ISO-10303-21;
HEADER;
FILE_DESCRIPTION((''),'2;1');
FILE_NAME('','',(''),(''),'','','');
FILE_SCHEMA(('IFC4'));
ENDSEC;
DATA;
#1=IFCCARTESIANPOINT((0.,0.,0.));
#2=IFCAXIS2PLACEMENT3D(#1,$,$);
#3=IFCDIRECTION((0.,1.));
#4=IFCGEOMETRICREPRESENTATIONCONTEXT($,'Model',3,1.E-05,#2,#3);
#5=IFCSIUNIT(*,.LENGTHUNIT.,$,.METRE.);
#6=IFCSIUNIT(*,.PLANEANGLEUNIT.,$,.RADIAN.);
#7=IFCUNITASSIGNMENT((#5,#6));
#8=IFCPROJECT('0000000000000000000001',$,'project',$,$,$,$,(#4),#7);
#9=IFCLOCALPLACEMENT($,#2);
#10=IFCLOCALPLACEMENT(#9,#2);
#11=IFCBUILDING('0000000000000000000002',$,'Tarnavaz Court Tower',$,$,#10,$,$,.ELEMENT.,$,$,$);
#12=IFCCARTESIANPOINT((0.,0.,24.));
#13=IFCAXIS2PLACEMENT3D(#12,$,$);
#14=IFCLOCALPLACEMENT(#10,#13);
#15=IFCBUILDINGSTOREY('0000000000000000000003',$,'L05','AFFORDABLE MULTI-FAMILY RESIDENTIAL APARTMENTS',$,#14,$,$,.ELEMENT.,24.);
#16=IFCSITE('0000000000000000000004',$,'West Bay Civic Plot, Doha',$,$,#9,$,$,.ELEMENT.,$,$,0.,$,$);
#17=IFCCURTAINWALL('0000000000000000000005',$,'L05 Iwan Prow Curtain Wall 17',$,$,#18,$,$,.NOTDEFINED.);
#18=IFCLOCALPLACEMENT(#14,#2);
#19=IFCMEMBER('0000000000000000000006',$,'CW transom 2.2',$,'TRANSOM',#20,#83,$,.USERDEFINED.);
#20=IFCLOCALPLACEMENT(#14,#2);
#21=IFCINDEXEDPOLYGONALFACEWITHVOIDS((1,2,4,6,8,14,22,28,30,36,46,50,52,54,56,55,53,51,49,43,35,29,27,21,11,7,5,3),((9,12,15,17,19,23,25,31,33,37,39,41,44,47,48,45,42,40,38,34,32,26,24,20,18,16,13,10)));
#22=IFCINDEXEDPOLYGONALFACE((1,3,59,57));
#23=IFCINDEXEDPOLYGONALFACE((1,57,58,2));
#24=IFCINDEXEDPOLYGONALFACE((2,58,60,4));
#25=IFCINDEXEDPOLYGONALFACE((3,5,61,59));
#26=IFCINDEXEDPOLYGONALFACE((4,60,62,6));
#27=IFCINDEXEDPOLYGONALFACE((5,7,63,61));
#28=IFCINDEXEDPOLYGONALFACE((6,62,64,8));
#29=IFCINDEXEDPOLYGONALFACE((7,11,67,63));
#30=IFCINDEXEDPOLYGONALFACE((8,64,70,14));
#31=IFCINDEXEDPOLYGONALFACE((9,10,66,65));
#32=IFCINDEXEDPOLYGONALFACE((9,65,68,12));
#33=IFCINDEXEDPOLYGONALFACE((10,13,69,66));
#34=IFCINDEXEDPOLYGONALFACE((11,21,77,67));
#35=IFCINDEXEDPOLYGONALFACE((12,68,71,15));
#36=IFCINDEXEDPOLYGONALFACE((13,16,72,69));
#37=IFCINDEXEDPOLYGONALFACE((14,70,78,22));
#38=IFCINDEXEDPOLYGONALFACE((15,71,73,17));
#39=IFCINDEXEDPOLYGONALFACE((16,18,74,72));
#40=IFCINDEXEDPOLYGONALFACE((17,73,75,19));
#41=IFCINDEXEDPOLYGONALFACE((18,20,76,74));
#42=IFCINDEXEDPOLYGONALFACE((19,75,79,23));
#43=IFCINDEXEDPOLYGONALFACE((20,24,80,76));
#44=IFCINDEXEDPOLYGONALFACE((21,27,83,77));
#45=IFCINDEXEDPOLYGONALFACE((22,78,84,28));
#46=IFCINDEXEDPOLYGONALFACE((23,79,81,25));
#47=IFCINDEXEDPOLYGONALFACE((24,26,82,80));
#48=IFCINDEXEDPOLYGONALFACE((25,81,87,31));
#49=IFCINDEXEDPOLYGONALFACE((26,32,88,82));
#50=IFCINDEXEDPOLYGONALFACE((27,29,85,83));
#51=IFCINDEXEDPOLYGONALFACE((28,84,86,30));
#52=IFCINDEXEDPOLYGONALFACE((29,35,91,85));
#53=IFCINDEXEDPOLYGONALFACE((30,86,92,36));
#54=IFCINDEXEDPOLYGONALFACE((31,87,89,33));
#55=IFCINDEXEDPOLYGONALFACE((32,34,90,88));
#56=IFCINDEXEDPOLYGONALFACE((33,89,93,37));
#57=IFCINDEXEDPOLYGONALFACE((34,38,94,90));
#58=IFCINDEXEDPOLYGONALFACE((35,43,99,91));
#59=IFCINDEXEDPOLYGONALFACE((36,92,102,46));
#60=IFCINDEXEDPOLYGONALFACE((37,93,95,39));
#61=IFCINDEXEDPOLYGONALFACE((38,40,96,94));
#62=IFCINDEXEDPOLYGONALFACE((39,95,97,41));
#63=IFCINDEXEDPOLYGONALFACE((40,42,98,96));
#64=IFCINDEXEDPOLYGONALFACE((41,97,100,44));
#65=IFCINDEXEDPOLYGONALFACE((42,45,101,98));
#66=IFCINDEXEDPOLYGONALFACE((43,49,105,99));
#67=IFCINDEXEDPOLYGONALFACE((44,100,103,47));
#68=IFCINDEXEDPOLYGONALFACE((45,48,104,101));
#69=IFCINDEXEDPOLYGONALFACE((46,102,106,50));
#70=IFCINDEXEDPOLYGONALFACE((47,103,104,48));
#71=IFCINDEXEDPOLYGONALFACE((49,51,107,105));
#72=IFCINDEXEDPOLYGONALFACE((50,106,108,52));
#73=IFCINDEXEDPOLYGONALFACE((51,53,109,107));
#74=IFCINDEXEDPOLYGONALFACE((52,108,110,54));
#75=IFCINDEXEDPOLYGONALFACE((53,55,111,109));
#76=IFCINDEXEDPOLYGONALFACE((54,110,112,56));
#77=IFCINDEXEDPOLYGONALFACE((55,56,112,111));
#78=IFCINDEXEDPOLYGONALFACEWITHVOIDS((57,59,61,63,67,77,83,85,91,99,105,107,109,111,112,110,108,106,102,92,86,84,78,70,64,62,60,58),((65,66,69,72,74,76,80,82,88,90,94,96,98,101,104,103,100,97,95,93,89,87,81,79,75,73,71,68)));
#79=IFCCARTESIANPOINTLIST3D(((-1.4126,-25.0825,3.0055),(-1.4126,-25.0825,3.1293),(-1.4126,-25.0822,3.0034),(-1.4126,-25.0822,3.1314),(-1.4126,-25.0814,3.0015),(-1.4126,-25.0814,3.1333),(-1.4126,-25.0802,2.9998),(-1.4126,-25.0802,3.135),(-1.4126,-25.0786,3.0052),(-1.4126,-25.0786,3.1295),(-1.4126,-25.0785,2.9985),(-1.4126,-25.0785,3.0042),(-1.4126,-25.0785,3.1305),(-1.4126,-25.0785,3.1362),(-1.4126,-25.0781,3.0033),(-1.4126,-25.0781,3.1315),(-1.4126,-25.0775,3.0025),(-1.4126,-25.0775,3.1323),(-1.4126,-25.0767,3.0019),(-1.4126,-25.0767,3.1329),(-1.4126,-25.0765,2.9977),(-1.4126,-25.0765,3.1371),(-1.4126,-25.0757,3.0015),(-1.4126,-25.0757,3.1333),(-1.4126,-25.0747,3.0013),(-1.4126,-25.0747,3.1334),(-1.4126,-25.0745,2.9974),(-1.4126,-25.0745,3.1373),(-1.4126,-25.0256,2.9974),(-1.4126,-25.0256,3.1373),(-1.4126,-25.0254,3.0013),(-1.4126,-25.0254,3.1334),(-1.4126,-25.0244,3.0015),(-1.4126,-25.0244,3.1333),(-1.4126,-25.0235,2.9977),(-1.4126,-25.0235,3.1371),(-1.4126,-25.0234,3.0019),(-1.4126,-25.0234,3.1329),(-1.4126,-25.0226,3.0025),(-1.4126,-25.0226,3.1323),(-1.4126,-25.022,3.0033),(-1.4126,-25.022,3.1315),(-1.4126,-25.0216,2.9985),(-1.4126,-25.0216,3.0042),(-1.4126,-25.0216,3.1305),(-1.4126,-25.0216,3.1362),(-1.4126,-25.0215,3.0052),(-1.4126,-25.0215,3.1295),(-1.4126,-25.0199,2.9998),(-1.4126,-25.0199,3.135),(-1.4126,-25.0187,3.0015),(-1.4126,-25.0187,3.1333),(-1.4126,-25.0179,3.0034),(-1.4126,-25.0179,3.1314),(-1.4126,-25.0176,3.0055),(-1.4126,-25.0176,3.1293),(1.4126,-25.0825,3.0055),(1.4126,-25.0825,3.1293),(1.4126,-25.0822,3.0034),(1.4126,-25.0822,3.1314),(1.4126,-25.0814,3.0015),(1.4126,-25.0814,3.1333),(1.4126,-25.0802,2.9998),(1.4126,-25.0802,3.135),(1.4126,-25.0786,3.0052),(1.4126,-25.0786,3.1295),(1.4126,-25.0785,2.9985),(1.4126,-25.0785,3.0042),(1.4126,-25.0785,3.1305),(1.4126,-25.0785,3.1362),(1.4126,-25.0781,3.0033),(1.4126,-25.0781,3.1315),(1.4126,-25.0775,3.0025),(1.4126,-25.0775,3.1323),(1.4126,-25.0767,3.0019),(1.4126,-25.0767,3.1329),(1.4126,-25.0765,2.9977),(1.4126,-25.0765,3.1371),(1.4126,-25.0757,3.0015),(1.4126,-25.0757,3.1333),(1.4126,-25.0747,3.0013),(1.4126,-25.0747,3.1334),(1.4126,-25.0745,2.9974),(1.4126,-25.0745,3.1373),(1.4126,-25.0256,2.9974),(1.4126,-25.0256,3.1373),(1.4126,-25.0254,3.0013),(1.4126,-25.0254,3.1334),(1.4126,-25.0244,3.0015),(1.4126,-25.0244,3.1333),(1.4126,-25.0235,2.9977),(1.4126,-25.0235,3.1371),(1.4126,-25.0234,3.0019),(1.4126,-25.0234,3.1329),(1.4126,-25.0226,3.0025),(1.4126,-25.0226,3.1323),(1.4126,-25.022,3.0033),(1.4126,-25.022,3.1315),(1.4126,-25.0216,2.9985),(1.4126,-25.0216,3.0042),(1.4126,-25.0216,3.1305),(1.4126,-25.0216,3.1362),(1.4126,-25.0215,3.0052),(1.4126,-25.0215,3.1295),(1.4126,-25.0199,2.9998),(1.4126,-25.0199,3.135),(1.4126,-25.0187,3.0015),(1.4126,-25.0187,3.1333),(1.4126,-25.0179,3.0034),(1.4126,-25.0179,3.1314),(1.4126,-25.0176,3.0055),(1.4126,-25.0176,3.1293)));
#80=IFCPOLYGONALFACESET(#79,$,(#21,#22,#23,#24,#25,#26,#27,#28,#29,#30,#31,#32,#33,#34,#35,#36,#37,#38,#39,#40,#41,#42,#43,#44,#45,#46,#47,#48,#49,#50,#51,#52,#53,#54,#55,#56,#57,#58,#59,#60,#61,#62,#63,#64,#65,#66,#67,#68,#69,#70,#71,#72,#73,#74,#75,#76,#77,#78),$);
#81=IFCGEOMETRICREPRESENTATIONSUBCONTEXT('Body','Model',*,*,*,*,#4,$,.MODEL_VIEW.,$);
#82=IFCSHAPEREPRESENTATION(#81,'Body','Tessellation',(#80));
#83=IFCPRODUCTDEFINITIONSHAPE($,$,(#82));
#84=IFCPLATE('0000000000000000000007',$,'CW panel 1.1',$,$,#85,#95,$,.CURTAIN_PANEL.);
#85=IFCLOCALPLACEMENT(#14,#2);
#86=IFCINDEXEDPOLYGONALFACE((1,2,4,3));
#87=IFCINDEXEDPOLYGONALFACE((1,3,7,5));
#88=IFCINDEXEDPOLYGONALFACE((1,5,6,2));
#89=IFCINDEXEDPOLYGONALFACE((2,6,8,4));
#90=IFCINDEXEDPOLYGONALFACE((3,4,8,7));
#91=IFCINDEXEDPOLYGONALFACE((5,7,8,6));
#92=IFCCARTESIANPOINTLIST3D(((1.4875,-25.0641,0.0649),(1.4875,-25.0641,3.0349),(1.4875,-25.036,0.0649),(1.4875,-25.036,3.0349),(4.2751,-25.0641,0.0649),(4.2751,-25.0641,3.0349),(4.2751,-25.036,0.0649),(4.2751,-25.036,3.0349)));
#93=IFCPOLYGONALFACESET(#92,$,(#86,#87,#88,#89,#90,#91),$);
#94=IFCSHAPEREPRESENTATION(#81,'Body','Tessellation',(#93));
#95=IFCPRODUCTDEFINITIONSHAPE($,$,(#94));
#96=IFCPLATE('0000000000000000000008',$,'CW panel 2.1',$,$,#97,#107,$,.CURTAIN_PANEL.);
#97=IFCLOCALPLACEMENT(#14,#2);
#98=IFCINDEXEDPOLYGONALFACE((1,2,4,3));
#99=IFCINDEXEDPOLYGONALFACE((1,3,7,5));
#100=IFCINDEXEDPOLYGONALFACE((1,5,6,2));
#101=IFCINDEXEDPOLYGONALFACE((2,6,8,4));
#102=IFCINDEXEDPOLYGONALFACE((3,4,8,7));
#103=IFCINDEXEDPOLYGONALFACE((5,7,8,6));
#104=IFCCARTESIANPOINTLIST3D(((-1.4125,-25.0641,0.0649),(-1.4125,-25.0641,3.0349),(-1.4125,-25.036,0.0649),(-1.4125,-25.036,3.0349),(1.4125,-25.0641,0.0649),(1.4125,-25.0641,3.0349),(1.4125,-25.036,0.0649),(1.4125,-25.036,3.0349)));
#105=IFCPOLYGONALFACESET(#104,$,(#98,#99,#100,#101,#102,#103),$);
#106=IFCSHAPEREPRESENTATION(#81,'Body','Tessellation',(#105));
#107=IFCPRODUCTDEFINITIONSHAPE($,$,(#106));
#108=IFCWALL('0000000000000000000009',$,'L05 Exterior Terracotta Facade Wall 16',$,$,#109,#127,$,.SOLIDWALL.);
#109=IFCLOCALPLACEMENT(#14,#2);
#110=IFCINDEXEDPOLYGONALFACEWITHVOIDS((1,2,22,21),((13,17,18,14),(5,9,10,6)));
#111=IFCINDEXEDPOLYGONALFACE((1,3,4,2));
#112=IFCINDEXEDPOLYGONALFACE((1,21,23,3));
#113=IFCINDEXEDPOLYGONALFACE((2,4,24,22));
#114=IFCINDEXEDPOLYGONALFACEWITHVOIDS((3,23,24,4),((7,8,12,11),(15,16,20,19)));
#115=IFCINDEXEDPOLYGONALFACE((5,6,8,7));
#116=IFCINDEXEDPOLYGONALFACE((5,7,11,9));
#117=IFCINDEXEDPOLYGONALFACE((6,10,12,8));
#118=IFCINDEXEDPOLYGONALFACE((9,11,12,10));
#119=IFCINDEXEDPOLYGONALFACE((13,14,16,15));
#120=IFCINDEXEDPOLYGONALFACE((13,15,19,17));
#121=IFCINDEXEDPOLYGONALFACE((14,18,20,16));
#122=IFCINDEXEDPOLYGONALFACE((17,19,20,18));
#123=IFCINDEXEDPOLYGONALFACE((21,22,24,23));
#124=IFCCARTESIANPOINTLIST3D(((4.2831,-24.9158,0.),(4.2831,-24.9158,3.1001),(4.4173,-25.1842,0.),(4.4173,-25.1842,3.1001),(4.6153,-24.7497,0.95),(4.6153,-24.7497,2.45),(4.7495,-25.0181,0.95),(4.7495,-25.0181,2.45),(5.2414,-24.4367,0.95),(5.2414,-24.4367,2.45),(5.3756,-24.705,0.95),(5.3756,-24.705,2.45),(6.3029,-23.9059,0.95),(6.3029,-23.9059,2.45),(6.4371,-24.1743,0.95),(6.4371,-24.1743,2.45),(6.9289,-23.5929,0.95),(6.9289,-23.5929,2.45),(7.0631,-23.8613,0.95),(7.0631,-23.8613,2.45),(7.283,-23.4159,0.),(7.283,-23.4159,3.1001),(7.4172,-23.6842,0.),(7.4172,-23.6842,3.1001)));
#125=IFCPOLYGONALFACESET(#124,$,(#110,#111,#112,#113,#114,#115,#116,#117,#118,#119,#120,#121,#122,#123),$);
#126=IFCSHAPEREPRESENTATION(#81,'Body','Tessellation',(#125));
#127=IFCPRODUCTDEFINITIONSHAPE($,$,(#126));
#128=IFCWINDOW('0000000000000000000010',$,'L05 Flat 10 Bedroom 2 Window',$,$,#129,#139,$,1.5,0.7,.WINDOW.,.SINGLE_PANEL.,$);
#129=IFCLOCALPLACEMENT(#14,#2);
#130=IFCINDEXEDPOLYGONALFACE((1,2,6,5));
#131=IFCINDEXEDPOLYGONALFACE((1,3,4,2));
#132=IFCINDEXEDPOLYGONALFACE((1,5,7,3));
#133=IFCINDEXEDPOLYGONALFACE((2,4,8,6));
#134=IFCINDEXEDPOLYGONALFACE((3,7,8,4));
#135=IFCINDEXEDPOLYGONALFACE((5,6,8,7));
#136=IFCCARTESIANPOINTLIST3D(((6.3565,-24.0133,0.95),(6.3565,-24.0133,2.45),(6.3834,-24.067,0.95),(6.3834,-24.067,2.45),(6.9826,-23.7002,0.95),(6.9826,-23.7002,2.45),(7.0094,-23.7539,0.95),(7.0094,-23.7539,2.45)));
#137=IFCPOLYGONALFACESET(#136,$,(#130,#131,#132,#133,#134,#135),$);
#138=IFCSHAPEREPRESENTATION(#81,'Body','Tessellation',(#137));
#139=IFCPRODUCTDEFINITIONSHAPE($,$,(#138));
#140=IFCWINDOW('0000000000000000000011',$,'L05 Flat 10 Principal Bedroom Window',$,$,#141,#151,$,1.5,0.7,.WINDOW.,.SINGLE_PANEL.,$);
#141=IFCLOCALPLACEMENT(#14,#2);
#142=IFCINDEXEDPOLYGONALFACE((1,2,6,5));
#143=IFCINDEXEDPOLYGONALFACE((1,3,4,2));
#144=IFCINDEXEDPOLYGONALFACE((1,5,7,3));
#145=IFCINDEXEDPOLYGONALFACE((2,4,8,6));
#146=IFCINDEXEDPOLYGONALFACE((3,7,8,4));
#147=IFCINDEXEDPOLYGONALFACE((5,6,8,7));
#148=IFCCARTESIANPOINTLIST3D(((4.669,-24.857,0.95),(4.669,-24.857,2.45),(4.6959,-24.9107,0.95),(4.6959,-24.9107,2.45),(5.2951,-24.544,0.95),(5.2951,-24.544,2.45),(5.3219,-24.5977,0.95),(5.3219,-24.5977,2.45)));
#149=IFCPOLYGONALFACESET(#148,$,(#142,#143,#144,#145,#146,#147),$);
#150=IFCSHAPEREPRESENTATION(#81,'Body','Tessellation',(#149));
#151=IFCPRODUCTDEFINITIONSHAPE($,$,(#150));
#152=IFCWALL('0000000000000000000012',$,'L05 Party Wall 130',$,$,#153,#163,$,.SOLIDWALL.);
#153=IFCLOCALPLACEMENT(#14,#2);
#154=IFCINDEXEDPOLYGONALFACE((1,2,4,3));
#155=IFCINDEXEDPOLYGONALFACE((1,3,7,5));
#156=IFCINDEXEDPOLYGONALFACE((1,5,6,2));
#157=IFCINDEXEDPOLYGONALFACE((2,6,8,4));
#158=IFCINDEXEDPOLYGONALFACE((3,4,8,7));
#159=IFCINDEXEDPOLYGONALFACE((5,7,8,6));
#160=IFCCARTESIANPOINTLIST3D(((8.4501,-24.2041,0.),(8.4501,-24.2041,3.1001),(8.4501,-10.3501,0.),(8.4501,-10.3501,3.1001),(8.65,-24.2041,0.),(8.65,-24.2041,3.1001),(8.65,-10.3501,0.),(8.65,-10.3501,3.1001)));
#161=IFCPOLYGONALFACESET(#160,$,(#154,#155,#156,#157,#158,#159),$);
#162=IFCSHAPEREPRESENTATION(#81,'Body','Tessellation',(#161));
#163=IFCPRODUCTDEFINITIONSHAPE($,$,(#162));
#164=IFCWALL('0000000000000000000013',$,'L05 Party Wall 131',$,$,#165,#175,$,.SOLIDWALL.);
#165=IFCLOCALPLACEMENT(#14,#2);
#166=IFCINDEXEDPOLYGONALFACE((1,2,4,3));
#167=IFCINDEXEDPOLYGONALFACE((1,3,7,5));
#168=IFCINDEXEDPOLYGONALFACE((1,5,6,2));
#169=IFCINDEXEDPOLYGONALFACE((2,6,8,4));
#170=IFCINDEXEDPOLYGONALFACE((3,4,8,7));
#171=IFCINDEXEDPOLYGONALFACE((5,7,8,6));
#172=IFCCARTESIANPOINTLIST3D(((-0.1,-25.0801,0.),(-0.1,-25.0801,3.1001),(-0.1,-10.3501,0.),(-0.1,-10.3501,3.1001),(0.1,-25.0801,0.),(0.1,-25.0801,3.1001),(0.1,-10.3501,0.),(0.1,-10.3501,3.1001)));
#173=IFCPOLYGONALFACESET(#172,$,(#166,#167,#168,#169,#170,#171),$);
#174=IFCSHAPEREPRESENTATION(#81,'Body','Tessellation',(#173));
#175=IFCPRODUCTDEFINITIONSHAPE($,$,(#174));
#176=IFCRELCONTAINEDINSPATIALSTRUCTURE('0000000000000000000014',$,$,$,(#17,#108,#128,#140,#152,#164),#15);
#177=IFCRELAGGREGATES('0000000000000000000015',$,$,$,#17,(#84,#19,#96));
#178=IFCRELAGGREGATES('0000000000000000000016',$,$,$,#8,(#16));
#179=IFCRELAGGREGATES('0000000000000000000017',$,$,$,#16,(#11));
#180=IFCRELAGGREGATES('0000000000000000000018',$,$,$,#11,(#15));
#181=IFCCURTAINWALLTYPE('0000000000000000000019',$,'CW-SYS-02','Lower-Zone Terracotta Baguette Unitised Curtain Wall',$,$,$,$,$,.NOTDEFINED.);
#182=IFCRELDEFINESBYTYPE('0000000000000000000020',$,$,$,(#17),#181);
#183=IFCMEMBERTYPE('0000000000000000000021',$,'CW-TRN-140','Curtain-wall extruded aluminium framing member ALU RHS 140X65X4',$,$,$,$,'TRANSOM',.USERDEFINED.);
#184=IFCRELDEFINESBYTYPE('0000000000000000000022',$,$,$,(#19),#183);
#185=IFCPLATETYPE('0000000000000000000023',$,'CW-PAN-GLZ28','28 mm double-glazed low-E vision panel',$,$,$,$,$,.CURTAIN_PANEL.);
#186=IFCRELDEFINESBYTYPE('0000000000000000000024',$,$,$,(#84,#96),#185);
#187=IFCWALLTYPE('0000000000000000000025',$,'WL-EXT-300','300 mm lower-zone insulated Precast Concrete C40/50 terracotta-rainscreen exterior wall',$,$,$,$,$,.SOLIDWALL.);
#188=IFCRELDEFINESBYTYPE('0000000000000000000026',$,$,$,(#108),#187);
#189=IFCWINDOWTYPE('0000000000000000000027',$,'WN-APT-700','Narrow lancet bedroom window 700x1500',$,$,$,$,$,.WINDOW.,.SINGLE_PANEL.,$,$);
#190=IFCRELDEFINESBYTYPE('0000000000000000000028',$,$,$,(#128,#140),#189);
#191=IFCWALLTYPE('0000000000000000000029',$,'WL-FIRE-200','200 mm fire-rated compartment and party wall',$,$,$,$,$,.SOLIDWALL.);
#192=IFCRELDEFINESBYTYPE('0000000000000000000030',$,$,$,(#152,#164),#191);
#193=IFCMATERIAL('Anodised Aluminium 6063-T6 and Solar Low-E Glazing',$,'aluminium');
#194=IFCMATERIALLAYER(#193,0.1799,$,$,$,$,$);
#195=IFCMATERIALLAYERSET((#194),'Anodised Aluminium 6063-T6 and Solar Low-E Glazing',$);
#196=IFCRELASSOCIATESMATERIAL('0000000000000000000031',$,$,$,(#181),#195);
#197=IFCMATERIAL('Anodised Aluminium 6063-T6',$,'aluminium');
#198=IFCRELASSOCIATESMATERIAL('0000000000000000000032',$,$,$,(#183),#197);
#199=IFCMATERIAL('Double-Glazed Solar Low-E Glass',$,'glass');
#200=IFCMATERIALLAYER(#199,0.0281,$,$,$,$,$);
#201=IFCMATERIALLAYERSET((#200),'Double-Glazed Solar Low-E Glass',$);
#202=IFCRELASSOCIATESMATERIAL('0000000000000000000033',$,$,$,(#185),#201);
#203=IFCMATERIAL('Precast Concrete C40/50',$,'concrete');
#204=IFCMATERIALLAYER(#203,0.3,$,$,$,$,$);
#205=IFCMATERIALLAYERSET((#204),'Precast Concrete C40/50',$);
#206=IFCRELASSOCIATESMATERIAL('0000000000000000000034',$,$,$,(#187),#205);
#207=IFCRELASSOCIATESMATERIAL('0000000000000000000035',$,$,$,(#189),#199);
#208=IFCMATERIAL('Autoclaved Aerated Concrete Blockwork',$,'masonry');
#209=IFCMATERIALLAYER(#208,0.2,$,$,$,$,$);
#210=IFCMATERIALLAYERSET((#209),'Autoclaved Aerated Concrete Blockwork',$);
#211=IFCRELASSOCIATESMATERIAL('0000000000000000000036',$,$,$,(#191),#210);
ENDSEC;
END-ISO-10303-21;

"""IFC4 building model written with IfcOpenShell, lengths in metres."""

from ifc_helpers import new_model, si_unit, direction, frame, frame_2d, origin, origin_2d, place, context, subcontext, project, spatial, rectangle, hollow_rectangle, extrude, material, layer, layer_set, material_profile, profile_set, type_object, element, fill, aggregate, save


model = new_model("IFC4")

# Units and contexts
model_context = context("Model", 3, precision=1e-05, world=origin(), true_north=direction((0.0, 1.0)))
body_context = subcontext(model_context, "Body", "Model", "MODEL_VIEW")
ifc_project = project(units=[si_unit("LENGTHUNIT", "METRE"), si_unit("PLANEANGLEUNIT", "RADIAN")], contexts=[model_context])

# Site, building, storey
site_placement = place(None, origin())
site = spatial("IfcSite", under=ifc_project, at=site_placement, Name="West Bay Civic Plot, Doha", CompositionType="ELEMENT", RefElevation=0.0)
building_placement = place(site_placement, origin())
building = spatial("IfcBuilding", under=site, at=building_placement, Name="Tarnavaz Court Tower", CompositionType="ELEMENT")
storey_placement = place(building_placement, frame((0.0, 0.0, 24.0)))
storey = spatial("IfcBuildingStorey", under=building, at=storey_placement, Name="L05", Description="AFFORDABLE MULTI-FAMILY RESIDENTIAL APARTMENTS", CompositionType="ELEMENT", Elevation=24.0)

# Curtain wall, member, plates
ifc_material_1 = material(Name="Anodised Aluminium 6063-T6 and Solar Low-E Glazing", Category="aluminium")
ifc_layer_1 = layer(ifc_material_1, 0.1799)
ifc_layer_set_1 = layer_set([ifc_layer_1], Name="Anodised Aluminium 6063-T6 and Solar Low-E Glazing")
curtain_wall_type = type_object("IfcCurtainWallType", Name="CW-SYS-02", Description="Lower-Zone Terracotta Baguette Unitised Curtain Wall", PredefinedType="NOTDEFINED", material=ifc_layer_set_1)
curtain_wall_placement = place(storey_placement, origin())
curtain_wall = element("IfcCurtainWall", 1, at=curtain_wall_placement, inside=storey, type_object=curtain_wall_type, Name="L05 Iwan Prow Curtain Wall 17", PredefinedType="NOTDEFINED")
ifc_material_2 = material(Name="Anodised Aluminium 6063-T6", Category="aluminium")
ifc_material_profile_1 = material_profile(ifc_material_2, hollow_rectangle(XDim=0.0649, YDim=0.1399, WallThickness=0.0039, InnerFilletRadius=0.0039, OuterFilletRadius=0.0081, at=origin_2d()), Name="ALU RHS 140X65X4")
ifc_profile_set_1 = profile_set([ifc_material_profile_1], Name="Anodised Aluminium 6063-T6")
member_type_1 = type_object("IfcMemberType", Name="CW-TRN-140", Description="Curtain-wall extruded aluminium framing member ALU RHS 140X65X4", ElementType="TRANSOM", PredefinedType="USERDEFINED", material=ifc_profile_set_1)
member_1_placement = place(storey_placement, frame((1.4126, -25.05, 3.0674), z_axis=(-1.0, 0.0, 0.0), x_axis=(0.0, -1.0, 0.0)))
member_1 = element("IfcMember", 2, at=member_1_placement, type_object=member_type_1, Name="CW transom 2.2", ObjectType="TRANSOM", PredefinedType="USERDEFINED", context=body_context, shape_type="SweptSolid", body=[
    extrude(hollow_rectangle(XDim=0.0649, YDim=0.1399, WallThickness=0.0039, InnerFilletRadius=0.0039, OuterFilletRadius=0.0081, at=origin_2d()), origin(), (0.0, 0.0, 1.0), 2.8252),
])
ifc_material_3 = material(Name="Double-Glazed Solar Low-E Glass", Category="glass")
ifc_layer_2 = layer(ifc_material_3, 0.0281)
ifc_layer_set_2 = layer_set([ifc_layer_2], Name="Double-Glazed Solar Low-E Glass")
plate_type = type_object("IfcPlateType", Name="CW-PAN-GLZ28", Description="28 mm double-glazed low-E vision panel", PredefinedType="CURTAIN_PANEL", material=ifc_layer_set_2)
plate_1_placement = place(storey_placement, frame((2.8813, -25.05, 0.0649), z_axis=(0.0, 0.0, 1.0), x_axis=(-1.0, 0.0, 0.0)))
plate_1 = element("IfcPlate", 3, at=plate_1_placement, type_object=plate_type, Name="CW panel 1.1", PredefinedType="CURTAIN_PANEL", context=body_context, shape_type="SweptSolid", body=[
    extrude(rectangle(XDim=2.7876, YDim=0.0281, at=origin_2d()), origin(), (0.0, 0.0, 1.0), 2.97),
])
plate_2_placement = place(storey_placement, frame((0.0, -25.05, 0.0649), z_axis=(0.0, 0.0, 1.0), x_axis=(-1.0, 0.0, 0.0)))
plate_2 = element("IfcPlate", 4, at=plate_2_placement, type_object=plate_type, Name="CW panel 2.1", PredefinedType="CURTAIN_PANEL", context=body_context, shape_type="SweptSolid", body=[
    extrude(rectangle(XDim=2.825, YDim=0.0281, at=origin_2d()), origin(), (0.0, 0.0, 1.0), 2.97),
])
aggregate(curtain_wall, [plate_1, member_1, plate_2])

# Wall, openings, windows
ifc_material_4 = material(Name="Precast Concrete C40/50", Category="concrete")
ifc_layer_3 = layer(ifc_material_4, 0.3)
ifc_layer_set_3 = layer_set([ifc_layer_3], Name="Precast Concrete C40/50")
wall_type_1 = type_object("IfcWallType", Name="WL-EXT-300", Description="300 mm lower-zone insulated Precast Concrete C40/50 terracotta-rainscreen exterior wall", PredefinedType="SOLIDWALL", material=ifc_layer_set_3)
wall_1_placement = place(storey_placement, frame((7.3501, -23.55, 0.0), z_axis=(0.0, 0.0, 1.0), x_axis=(-0.894427, -0.447214, 0.0)))
wall_1 = element("IfcWall", 5, at=wall_1_placement, inside=storey, type_object=wall_type_1, Name="L05 Exterior Terracotta Facade Wall 16", PredefinedType="SOLIDWALL", context=body_context, shape_type="SweptSolid", body=[
    extrude(rectangle(XDim=3.354, YDim=0.3, at=frame_2d((1.677, 0.0))), origin(), (0.0, 0.0, 1.0), 3.1001),
])
opening_1_placement = place(wall_1_placement, frame((0.3958, 0.0, 0.95)))
opening_1 = element("IfcOpeningElement", 6, at=opening_1_placement, cuts=wall_1, PredefinedType="OPENING", context=body_context, shape_type="SweptSolid", body=[
    extrude(rectangle(XDim=0.7, YDim=1.5, at=frame_2d((0.3501, 0.75))), frame((0.0, 0.1599, 0.0), z_axis=(0.0, -1.0, 0.0), x_axis=(1.0, 0.0, 0.0)), (0.0, 0.0, 1.0), 0.3201),
])
opening_2_placement = place(wall_1_placement, frame((2.2825, 0.0, 0.95)))
opening_2 = element("IfcOpeningElement", 7, at=opening_2_placement, cuts=wall_1, PredefinedType="OPENING", context=body_context, shape_type="SweptSolid", body=[
    extrude(rectangle(XDim=0.7, YDim=1.5, at=frame_2d((0.3501, 0.75))), frame((0.0, 0.1599, 0.0), z_axis=(0.0, -1.0, 0.0), x_axis=(1.0, 0.0, 0.0)), (0.0, 0.0, 1.0), 0.3201),
])
window_type = type_object("IfcWindowType", Name="WN-APT-700", Description="Narrow lancet bedroom window 700x1500", PartitioningType="SINGLE_PANEL", PredefinedType="WINDOW", material=ifc_material_3)
window_1_placement = place(opening_1_placement, origin())
window_1 = element("IfcWindow", 8, at=window_1_placement, inside=storey, type_object=window_type, Name="L05 Flat 10 Bedroom 2 Window", OverallHeight=1.5, OverallWidth=0.7, PartitioningType="SINGLE_PANEL", PredefinedType="WINDOW", context=body_context, shape_type="SweptSolid", body=[
    extrude(rectangle(XDim=0.7, YDim=1.5, at=frame_2d((0.3501, 0.75))), frame((0.0, 0.03, 0.0), z_axis=(0.0, -1.0, 0.0), x_axis=(1.0, 0.0, 0.0)), (0.0, 0.0, 1.0), 0.0601),
])
fill(opening_1, window_1)
window_2_placement = place(opening_2_placement, origin())
window_2 = element("IfcWindow", 9, at=window_2_placement, inside=storey, type_object=window_type, Name="L05 Flat 10 Principal Bedroom Window", OverallHeight=1.5, OverallWidth=0.7, PartitioningType="SINGLE_PANEL", PredefinedType="WINDOW", context=body_context, shape_type="SweptSolid", body=[
    extrude(rectangle(XDim=0.7, YDim=1.5, at=frame_2d((0.3501, 0.75))), frame((0.0, 0.03, 0.0), z_axis=(0.0, -1.0, 0.0), x_axis=(1.0, 0.0, 0.0)), (0.0, 0.0, 1.0), 0.0601),
])
fill(opening_2, window_2)

# Walls
ifc_material_5 = material(Name="Autoclaved Aerated Concrete Blockwork", Category="masonry")
ifc_layer_4 = layer(ifc_material_5, 0.2)
ifc_layer_set_4 = layer_set([ifc_layer_4], Name="Autoclaved Aerated Concrete Blockwork")
wall_type_2 = type_object("IfcWallType", Name="WL-FIRE-200", Description="200 mm fire-rated compartment and party wall", PredefinedType="SOLIDWALL", material=ifc_layer_set_4)
wall_2_placement = place(storey_placement, frame((8.55, -24.2041, 0.0), z_axis=(0.0, 0.0, 1.0), x_axis=(0.0, 1.0, 0.0)))
element("IfcWall", 10, at=wall_2_placement, inside=storey, type_object=wall_type_2, Name="L05 Party Wall 130", PredefinedType="SOLIDWALL", context=body_context, shape_type="SweptSolid", body=[
    extrude(rectangle(XDim=13.854, YDim=0.2, at=frame_2d((6.927, 0.0))), origin(), (0.0, 0.0, 1.0), 3.1001),
])
wall_3_placement = place(storey_placement, frame((0.0, -25.0801, 0.0), z_axis=(0.0, 0.0, 1.0), x_axis=(0.0, 1.0, 0.0)))
element("IfcWall", 11, at=wall_3_placement, inside=storey, type_object=wall_type_2, Name="L05 Party Wall 131", PredefinedType="SOLIDWALL", context=body_context, shape_type="SweptSolid", body=[
    extrude(rectangle(XDim=14.73, YDim=0.2, at=frame_2d((7.365, 0.0))), origin(), (0.0, 0.0, 1.0), 3.1001),
])

save(model, "model.ifc")
